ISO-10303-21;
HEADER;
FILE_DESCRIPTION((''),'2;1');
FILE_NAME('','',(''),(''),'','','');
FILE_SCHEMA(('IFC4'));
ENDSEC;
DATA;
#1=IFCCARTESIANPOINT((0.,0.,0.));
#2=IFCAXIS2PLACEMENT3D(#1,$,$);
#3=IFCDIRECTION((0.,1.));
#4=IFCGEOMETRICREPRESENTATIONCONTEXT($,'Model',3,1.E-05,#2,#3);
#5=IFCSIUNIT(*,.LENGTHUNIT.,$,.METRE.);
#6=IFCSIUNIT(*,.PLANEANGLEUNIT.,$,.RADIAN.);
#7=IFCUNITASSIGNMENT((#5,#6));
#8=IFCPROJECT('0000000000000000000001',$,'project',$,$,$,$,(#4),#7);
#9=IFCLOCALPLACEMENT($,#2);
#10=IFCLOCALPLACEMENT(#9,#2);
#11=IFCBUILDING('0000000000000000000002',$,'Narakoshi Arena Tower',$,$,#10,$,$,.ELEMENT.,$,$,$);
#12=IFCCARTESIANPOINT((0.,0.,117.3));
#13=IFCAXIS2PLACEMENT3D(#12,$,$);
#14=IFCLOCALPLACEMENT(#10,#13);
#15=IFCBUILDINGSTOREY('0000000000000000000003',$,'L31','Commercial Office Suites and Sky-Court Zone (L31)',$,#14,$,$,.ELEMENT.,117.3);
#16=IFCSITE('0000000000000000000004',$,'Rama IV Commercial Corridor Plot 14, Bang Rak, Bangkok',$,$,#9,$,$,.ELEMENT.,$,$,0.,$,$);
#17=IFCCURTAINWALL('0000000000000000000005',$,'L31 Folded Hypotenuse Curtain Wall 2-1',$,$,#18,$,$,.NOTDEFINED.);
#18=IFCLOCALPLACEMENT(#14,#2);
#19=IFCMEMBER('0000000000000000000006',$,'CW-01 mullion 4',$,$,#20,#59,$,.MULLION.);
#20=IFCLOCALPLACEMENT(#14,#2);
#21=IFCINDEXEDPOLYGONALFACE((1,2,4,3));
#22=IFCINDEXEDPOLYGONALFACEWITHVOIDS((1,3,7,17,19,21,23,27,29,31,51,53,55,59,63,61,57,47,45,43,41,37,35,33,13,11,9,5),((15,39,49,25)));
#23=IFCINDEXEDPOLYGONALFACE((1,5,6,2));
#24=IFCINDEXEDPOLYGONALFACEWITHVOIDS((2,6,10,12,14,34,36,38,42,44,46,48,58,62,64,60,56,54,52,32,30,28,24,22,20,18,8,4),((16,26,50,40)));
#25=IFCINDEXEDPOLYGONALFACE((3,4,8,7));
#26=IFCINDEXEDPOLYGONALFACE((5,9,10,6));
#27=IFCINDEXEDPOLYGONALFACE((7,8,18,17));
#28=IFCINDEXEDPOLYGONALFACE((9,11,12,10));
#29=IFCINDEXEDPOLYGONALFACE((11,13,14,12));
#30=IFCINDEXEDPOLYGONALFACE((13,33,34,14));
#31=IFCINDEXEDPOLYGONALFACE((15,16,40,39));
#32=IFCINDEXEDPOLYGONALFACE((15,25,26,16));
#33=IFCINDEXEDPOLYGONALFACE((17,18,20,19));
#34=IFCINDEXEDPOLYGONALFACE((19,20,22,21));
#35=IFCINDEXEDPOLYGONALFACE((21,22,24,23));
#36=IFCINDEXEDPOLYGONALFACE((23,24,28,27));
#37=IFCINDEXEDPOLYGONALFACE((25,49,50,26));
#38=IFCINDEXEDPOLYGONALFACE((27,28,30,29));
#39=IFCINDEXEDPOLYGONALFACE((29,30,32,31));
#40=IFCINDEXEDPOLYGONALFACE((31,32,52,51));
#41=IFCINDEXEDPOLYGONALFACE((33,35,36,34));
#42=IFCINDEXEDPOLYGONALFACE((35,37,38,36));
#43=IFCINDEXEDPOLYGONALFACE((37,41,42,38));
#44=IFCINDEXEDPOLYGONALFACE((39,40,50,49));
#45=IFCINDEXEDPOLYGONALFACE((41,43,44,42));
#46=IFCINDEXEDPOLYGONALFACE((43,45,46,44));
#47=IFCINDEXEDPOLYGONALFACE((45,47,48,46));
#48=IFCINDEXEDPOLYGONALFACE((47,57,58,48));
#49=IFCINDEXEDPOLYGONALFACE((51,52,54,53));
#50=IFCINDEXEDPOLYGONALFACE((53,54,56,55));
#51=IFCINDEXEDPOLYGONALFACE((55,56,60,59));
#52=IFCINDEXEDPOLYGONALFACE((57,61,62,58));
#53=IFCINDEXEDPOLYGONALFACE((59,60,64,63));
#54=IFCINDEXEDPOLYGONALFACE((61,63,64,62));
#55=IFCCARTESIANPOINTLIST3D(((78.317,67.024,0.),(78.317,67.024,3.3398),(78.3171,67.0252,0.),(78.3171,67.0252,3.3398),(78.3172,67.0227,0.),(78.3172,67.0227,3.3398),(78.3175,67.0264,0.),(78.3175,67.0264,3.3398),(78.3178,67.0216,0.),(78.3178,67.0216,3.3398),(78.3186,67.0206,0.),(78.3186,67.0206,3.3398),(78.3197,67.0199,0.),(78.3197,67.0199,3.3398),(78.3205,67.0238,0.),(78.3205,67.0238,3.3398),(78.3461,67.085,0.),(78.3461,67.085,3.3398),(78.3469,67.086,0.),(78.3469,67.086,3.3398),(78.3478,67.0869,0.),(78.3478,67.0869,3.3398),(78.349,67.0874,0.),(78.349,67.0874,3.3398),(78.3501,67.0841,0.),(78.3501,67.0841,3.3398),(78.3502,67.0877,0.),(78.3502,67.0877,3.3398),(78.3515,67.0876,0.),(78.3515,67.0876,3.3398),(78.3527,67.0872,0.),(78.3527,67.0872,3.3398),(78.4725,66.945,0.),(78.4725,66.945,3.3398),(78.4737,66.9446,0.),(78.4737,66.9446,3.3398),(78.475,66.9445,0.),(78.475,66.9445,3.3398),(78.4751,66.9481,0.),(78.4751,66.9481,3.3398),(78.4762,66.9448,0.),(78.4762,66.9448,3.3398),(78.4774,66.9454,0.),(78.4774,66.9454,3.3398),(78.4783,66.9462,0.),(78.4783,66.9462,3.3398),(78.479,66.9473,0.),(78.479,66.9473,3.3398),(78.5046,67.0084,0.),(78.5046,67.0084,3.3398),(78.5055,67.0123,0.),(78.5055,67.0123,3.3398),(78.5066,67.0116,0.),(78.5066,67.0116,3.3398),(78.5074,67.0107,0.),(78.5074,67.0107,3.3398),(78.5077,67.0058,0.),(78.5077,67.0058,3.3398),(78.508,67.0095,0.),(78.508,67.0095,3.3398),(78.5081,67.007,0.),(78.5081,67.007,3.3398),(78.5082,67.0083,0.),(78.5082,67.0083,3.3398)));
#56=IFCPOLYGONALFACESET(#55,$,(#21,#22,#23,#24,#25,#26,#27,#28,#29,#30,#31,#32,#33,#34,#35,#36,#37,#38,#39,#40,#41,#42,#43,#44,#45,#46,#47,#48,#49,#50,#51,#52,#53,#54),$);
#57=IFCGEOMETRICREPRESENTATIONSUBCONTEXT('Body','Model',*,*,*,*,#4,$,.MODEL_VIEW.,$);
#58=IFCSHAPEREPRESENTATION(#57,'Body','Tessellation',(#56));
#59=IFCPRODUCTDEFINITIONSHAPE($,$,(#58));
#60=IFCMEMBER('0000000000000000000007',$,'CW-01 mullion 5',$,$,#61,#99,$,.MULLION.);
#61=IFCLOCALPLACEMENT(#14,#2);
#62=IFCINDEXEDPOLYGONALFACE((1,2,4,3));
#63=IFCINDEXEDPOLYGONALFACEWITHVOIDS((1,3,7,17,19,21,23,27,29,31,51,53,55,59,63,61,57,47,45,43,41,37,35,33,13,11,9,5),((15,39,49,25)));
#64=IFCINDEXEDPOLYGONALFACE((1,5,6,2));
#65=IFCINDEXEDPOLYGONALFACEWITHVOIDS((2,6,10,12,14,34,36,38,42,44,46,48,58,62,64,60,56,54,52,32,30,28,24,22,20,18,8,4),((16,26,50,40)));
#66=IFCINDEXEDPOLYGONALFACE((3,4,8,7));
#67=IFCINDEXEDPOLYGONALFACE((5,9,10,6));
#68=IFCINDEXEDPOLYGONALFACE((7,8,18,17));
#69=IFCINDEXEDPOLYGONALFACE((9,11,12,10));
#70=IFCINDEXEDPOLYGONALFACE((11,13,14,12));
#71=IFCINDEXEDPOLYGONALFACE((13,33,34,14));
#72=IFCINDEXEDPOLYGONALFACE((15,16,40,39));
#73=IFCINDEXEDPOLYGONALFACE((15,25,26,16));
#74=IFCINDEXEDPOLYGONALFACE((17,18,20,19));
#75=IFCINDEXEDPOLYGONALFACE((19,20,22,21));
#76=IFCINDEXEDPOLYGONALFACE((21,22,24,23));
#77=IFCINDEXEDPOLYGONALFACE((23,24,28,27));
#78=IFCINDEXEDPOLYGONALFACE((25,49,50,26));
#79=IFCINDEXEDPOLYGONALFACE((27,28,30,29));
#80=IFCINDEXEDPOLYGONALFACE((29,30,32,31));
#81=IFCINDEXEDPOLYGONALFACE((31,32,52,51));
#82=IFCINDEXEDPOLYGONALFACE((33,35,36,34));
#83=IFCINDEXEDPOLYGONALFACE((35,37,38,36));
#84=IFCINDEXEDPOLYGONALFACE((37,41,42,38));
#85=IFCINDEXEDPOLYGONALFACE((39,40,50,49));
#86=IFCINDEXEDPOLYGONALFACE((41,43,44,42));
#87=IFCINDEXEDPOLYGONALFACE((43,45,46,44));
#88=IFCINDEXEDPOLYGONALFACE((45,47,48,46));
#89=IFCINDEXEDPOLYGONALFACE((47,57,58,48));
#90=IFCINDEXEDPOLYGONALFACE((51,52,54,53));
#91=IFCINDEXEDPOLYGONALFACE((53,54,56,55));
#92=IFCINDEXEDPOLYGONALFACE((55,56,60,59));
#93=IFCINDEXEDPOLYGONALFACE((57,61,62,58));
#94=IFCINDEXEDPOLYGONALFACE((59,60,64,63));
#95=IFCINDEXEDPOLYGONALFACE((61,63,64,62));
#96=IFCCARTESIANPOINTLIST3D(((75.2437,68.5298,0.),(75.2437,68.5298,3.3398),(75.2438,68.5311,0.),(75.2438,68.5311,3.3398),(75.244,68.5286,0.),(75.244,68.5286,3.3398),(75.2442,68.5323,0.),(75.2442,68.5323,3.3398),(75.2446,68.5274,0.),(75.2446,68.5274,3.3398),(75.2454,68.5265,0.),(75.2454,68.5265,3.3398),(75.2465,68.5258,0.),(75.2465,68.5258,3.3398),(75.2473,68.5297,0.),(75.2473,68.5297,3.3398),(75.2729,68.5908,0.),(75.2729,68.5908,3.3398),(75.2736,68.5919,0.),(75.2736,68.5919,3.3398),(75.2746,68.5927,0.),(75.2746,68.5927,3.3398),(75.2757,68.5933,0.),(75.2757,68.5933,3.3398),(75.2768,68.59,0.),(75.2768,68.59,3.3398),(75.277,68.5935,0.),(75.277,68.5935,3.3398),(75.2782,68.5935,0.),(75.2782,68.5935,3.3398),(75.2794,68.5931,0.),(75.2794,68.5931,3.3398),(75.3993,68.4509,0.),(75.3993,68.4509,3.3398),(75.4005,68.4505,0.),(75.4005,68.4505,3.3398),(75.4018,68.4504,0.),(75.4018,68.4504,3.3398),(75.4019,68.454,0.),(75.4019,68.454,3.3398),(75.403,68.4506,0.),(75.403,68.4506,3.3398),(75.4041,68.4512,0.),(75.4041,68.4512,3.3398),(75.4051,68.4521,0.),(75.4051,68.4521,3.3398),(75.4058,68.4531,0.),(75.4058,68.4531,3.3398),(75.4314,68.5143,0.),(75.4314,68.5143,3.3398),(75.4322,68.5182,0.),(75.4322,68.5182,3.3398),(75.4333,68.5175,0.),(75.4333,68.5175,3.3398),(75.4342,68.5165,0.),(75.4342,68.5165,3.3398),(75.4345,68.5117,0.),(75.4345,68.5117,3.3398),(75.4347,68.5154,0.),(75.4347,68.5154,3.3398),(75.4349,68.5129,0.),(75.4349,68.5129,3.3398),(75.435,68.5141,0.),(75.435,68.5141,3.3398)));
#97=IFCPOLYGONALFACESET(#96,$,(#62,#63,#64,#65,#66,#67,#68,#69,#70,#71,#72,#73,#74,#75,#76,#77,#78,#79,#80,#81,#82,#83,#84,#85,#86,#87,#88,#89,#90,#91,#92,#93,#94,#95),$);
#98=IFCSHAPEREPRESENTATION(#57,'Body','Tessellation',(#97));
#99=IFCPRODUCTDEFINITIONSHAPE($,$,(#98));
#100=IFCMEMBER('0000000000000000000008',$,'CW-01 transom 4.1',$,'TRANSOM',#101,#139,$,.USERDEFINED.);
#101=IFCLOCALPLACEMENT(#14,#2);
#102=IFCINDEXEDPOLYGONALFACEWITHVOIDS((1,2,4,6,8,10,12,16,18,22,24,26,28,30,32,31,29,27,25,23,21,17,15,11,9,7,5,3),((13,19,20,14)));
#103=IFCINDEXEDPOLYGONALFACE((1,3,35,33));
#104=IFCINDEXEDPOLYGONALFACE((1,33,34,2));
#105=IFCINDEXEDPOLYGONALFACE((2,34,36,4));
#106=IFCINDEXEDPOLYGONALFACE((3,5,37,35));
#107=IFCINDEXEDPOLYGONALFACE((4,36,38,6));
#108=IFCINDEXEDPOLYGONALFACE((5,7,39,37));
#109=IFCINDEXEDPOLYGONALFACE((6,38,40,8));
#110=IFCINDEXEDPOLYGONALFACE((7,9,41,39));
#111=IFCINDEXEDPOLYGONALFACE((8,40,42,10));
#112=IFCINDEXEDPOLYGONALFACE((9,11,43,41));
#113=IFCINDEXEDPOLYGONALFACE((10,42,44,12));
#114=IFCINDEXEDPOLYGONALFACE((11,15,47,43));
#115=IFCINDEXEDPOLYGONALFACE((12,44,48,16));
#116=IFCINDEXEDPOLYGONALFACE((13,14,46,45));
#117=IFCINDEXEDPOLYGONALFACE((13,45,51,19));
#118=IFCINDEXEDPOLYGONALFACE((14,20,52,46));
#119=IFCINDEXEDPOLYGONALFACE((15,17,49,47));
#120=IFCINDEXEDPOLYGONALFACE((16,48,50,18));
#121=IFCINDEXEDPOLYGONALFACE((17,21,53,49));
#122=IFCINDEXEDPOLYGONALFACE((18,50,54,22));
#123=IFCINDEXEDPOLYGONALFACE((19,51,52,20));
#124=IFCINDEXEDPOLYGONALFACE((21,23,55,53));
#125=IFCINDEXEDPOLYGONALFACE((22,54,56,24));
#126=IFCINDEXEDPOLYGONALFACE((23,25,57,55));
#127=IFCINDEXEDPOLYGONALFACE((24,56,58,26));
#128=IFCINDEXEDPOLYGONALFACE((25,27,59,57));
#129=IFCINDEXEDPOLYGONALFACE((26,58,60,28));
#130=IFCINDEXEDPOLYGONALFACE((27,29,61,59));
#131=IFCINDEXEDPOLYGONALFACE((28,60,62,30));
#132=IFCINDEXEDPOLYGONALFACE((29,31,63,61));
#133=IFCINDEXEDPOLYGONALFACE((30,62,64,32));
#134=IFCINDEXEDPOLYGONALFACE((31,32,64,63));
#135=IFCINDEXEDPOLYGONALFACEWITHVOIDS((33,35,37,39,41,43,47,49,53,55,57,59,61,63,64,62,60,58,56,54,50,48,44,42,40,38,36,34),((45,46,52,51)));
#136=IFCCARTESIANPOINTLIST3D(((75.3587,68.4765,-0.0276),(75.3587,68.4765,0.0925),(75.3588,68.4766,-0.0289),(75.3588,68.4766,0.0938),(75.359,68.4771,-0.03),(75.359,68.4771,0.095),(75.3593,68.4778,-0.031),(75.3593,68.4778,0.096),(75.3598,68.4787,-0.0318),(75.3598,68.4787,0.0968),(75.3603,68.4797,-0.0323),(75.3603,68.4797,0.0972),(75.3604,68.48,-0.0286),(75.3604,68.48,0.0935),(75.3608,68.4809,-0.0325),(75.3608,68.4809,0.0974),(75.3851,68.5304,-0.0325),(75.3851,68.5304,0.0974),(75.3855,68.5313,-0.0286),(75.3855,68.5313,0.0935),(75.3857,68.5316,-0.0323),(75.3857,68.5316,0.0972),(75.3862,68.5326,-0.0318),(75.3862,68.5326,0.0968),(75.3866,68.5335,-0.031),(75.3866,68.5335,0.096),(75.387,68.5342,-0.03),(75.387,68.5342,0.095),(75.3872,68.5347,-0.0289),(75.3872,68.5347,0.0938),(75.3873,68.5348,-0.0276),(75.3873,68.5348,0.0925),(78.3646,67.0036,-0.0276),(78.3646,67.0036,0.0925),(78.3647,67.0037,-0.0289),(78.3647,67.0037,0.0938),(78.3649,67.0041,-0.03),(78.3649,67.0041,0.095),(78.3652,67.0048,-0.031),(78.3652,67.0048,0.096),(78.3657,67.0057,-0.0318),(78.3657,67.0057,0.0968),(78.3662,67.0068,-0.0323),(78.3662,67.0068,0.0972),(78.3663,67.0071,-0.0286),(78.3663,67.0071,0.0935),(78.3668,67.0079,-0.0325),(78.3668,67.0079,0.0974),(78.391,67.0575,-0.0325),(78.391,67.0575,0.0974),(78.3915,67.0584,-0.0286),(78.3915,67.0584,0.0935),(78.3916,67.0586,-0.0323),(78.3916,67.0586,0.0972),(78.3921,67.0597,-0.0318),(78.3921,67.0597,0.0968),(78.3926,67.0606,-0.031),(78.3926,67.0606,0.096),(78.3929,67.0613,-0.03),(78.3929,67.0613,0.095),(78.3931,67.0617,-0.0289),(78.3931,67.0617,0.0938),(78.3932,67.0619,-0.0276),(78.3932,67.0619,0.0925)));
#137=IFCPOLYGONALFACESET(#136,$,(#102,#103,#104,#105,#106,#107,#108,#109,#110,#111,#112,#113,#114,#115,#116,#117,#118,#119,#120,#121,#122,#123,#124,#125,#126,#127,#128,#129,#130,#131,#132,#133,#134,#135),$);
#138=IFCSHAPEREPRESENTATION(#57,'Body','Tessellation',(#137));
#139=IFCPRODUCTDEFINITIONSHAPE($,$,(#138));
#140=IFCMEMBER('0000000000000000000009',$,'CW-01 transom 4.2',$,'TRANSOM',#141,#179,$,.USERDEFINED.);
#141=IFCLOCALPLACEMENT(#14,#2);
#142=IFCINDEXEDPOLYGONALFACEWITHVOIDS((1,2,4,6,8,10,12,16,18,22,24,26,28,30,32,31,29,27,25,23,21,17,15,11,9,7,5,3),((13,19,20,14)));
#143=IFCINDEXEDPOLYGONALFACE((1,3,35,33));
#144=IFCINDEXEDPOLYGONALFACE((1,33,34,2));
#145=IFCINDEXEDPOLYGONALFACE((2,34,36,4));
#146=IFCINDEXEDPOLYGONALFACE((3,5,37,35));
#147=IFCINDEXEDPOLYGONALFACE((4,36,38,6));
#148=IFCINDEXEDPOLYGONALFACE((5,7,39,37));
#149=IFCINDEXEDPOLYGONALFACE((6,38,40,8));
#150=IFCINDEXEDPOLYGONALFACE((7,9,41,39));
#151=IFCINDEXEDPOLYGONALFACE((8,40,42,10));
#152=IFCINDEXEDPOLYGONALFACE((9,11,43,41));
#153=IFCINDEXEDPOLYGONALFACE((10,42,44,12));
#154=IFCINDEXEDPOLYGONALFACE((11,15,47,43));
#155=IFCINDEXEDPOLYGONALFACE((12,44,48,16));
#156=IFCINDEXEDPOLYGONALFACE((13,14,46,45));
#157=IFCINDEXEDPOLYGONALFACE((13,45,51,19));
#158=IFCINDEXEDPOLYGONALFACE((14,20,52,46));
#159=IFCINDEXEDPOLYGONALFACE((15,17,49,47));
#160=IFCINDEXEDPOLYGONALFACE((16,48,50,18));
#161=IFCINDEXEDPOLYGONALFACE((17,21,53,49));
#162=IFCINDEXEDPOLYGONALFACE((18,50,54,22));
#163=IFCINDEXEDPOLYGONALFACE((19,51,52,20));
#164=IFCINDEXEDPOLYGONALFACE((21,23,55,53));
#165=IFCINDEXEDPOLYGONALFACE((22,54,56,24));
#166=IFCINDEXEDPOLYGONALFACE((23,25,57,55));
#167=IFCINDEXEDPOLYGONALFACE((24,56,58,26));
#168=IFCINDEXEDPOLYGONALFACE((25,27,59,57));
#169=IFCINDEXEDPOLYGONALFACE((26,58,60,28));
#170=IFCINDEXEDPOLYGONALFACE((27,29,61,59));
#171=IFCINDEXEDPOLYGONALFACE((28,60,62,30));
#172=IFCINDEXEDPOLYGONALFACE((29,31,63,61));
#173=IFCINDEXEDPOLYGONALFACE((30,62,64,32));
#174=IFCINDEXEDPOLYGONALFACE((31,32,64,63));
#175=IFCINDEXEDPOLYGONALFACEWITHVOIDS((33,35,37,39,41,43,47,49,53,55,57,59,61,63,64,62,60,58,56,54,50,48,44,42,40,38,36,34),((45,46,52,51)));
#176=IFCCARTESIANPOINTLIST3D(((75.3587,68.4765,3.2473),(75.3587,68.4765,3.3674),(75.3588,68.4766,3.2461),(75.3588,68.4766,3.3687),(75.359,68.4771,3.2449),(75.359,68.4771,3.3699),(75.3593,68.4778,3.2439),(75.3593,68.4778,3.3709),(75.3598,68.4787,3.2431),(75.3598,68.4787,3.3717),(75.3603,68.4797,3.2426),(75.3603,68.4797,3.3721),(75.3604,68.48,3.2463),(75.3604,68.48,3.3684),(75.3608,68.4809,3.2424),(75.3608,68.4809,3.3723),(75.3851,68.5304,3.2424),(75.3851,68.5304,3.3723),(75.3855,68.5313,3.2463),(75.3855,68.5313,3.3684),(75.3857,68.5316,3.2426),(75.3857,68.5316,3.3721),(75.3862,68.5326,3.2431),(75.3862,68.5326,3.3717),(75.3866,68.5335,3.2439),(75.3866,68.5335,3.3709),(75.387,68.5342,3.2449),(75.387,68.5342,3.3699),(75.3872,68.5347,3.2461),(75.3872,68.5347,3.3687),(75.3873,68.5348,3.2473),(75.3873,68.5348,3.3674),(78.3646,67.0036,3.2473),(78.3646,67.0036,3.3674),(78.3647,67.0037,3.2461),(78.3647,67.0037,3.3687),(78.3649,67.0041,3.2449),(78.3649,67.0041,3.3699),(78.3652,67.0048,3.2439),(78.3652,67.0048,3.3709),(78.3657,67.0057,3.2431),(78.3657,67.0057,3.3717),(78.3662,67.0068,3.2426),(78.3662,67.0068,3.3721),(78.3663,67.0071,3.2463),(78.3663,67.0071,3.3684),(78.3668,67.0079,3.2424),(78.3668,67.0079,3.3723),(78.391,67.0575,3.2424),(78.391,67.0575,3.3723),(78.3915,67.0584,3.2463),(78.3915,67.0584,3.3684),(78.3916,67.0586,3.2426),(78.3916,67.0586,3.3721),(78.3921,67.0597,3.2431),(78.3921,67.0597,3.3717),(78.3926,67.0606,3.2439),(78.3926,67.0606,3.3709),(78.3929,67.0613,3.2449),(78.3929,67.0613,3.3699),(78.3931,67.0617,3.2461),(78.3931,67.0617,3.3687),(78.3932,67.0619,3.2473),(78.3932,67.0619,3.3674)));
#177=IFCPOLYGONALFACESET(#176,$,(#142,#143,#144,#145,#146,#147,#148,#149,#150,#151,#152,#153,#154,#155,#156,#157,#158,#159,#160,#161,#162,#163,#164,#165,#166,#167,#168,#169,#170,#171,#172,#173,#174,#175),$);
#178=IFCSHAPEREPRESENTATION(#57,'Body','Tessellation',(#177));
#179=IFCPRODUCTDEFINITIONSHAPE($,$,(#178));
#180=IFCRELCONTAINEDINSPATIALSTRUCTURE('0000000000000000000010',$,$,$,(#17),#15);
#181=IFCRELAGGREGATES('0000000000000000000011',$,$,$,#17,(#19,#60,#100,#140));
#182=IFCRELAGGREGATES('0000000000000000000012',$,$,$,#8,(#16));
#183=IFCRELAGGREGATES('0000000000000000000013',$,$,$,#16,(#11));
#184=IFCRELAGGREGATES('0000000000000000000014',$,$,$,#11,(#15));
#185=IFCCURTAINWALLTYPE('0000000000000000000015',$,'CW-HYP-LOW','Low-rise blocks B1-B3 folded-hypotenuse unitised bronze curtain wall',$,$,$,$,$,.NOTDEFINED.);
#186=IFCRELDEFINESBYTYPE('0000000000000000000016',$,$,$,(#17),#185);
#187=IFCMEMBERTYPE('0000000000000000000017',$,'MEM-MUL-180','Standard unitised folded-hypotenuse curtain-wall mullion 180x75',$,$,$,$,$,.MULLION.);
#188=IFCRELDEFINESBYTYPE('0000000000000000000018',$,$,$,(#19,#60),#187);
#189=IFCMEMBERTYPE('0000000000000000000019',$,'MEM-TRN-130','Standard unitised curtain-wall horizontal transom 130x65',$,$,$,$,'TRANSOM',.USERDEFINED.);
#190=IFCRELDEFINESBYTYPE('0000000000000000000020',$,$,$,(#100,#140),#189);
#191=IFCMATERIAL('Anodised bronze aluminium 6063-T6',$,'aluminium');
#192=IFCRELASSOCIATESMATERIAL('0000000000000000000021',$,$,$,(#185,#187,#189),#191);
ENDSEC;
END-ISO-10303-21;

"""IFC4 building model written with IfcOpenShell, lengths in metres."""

from ifc_helpers import new_model, si_unit, direction, frame, origin, origin_2d, place, context, subcontext, project, spatial, hollow_rectangle, extrude, material, material_profile, profile_set, type_object, element, aggregate, save


model = new_model("IFC4")

# Units and contexts
model_context = context("Model", 3, precision=1e-05, world=origin(), true_north=direction((0.0, 1.0)))
body_context = subcontext(model_context, "Body", "Model", "MODEL_VIEW")
ifc_project = project(units=[si_unit("LENGTHUNIT", "METRE"), si_unit("PLANEANGLEUNIT", "RADIAN")], contexts=[model_context])

# Site, building, storey
site_placement = place(None, origin())
site = spatial("IfcSite", under=ifc_project, at=site_placement, Name="Rama IV Commercial Corridor Plot 14, Bang Rak, Bangkok", CompositionType="ELEMENT", RefElevation=0.0)
building_placement = place(site_placement, origin())
building = spatial("IfcBuilding", under=site, at=building_placement, Name="Narakoshi Arena Tower", CompositionType="ELEMENT")
storey_placement = place(building_placement, frame((0.0, 0.0, 117.3)))
storey = spatial("IfcBuildingStorey", under=building, at=storey_placement, Name="L31", Description="Commercial Office Suites and Sky-Court Zone (L31)", CompositionType="ELEMENT", Elevation=117.3)

# Curtain wall, members
ifc_material_1 = material(Name="Anodised bronze aluminium 6063-T6", Category="aluminium")
curtain_wall_type = type_object("IfcCurtainWallType", Name="CW-HYP-LOW", Description="Low-rise blocks B1-B3 folded-hypotenuse unitised bronze curtain wall", PredefinedType="NOTDEFINED", material=ifc_material_1)
curtain_wall_placement = place(storey_placement, origin())
curtain_wall = element("IfcCurtainWall", 1, at=curtain_wall_placement, inside=storey, type_object=curtain_wall_type, Name="L31 Folded Hypotenuse Curtain Wall 2-1", PredefinedType="NOTDEFINED")
ifc_material_profile_1 = material_profile(ifc_material_1, hollow_rectangle(XDim=0.075, YDim=0.1799, WallThickness=0.0039, OuterFilletRadius=0.0049, at=origin_2d()), Name="MUL180x75x4")
ifc_profile_set_1 = profile_set([ifc_material_profile_1], Name="Anodised bronze aluminium 6063-T6")
member_type_1 = type_object("IfcMemberType", Name="MEM-MUL-180", Description="Standard unitised folded-hypotenuse curtain-wall mullion 180x75", PredefinedType="MULLION", material=ifc_profile_set_1)
member_1_placement = place(storey_placement, frame((78.4126, 67.0161, 0.0), z_axis=(0.0, 0.0, 1.0), x_axis=(-0.440005, -0.897996, 0.0)))
member_1 = element("IfcMember", 2, at=member_1_placement, type_object=member_type_1, Name="CW-01 mullion 4", PredefinedType="MULLION", context=body_context, shape_type="SweptSolid", body=[
    extrude(hollow_rectangle(XDim=0.075, YDim=0.1799, WallThickness=0.0039, OuterFilletRadius=0.0049, at=origin_2d()), origin(), (0.0, 0.0, 1.0), 3.3398),
])
member_2_placement = place(storey_placement, frame((75.3394, 68.522, 0.0), z_axis=(0.0, 0.0, 1.0), x_axis=(-0.440005, -0.897996, 0.0)))
member_2 = element("IfcMember", 3, at=member_2_placement, type_object=member_type_1, Name="CW-01 mullion 5", PredefinedType="MULLION", context=body_context, shape_type="SweptSolid", body=[
    extrude(hollow_rectangle(XDim=0.075, YDim=0.1799, WallThickness=0.0039, OuterFilletRadius=0.0049, at=origin_2d()), origin(), (0.0, 0.0, 1.0), 3.3398),
])
ifc_material_profile_2 = material_profile(ifc_material_1, hollow_rectangle(XDim=0.0649, YDim=0.1299, WallThickness=0.0039, OuterFilletRadius=0.0049, at=origin_2d()), Name="TRN130x65x4")
ifc_profile_set_2 = profile_set([ifc_material_profile_2], Name="Anodised bronze aluminium 6063-T6")
member_type_2 = type_object("IfcMemberType", Name="MEM-TRN-130", Description="Standard unitised curtain-wall horizontal transom 130x65", ElementType="TRANSOM", PredefinedType="USERDEFINED", material=ifc_profile_set_2)
member_3_placement = place(storey_placement, frame((78.3789, 67.0327, 0.0325), z_axis=(-0.897987, 0.440022, 0.0), x_axis=(-0.440022, -0.897987, 0.0)))
member_3 = element("IfcMember", 4, at=member_3_placement, type_object=member_type_2, Name="CW-01 transom 4.1", ObjectType="TRANSOM", PredefinedType="USERDEFINED", context=body_context, shape_type="SweptSolid", body=[
    extrude(hollow_rectangle(XDim=0.0649, YDim=0.1299, WallThickness=0.0039, OuterFilletRadius=0.0049, at=origin_2d()), origin(), (0.0, 0.0, 1.0), 3.3474),
])
member_4_placement = place(storey_placement, frame((78.3789, 67.0327, 3.3074), z_axis=(-0.897987, 0.440022, 0.0), x_axis=(-0.440022, -0.897987, 0.0)))
member_4 = element("IfcMember", 5, at=member_4_placement, type_object=member_type_2, Name="CW-01 transom 4.2", ObjectType="TRANSOM", PredefinedType="USERDEFINED", context=body_context, shape_type="SweptSolid", body=[
    extrude(hollow_rectangle(XDim=0.0649, YDim=0.1299, WallThickness=0.0039, OuterFilletRadius=0.0049, at=origin_2d()), origin(), (0.0, 0.0, 1.0), 3.3474),
])
aggregate(curtain_wall, [member_1, member_2, member_3, member_4])

save(model, "model.ifc")
